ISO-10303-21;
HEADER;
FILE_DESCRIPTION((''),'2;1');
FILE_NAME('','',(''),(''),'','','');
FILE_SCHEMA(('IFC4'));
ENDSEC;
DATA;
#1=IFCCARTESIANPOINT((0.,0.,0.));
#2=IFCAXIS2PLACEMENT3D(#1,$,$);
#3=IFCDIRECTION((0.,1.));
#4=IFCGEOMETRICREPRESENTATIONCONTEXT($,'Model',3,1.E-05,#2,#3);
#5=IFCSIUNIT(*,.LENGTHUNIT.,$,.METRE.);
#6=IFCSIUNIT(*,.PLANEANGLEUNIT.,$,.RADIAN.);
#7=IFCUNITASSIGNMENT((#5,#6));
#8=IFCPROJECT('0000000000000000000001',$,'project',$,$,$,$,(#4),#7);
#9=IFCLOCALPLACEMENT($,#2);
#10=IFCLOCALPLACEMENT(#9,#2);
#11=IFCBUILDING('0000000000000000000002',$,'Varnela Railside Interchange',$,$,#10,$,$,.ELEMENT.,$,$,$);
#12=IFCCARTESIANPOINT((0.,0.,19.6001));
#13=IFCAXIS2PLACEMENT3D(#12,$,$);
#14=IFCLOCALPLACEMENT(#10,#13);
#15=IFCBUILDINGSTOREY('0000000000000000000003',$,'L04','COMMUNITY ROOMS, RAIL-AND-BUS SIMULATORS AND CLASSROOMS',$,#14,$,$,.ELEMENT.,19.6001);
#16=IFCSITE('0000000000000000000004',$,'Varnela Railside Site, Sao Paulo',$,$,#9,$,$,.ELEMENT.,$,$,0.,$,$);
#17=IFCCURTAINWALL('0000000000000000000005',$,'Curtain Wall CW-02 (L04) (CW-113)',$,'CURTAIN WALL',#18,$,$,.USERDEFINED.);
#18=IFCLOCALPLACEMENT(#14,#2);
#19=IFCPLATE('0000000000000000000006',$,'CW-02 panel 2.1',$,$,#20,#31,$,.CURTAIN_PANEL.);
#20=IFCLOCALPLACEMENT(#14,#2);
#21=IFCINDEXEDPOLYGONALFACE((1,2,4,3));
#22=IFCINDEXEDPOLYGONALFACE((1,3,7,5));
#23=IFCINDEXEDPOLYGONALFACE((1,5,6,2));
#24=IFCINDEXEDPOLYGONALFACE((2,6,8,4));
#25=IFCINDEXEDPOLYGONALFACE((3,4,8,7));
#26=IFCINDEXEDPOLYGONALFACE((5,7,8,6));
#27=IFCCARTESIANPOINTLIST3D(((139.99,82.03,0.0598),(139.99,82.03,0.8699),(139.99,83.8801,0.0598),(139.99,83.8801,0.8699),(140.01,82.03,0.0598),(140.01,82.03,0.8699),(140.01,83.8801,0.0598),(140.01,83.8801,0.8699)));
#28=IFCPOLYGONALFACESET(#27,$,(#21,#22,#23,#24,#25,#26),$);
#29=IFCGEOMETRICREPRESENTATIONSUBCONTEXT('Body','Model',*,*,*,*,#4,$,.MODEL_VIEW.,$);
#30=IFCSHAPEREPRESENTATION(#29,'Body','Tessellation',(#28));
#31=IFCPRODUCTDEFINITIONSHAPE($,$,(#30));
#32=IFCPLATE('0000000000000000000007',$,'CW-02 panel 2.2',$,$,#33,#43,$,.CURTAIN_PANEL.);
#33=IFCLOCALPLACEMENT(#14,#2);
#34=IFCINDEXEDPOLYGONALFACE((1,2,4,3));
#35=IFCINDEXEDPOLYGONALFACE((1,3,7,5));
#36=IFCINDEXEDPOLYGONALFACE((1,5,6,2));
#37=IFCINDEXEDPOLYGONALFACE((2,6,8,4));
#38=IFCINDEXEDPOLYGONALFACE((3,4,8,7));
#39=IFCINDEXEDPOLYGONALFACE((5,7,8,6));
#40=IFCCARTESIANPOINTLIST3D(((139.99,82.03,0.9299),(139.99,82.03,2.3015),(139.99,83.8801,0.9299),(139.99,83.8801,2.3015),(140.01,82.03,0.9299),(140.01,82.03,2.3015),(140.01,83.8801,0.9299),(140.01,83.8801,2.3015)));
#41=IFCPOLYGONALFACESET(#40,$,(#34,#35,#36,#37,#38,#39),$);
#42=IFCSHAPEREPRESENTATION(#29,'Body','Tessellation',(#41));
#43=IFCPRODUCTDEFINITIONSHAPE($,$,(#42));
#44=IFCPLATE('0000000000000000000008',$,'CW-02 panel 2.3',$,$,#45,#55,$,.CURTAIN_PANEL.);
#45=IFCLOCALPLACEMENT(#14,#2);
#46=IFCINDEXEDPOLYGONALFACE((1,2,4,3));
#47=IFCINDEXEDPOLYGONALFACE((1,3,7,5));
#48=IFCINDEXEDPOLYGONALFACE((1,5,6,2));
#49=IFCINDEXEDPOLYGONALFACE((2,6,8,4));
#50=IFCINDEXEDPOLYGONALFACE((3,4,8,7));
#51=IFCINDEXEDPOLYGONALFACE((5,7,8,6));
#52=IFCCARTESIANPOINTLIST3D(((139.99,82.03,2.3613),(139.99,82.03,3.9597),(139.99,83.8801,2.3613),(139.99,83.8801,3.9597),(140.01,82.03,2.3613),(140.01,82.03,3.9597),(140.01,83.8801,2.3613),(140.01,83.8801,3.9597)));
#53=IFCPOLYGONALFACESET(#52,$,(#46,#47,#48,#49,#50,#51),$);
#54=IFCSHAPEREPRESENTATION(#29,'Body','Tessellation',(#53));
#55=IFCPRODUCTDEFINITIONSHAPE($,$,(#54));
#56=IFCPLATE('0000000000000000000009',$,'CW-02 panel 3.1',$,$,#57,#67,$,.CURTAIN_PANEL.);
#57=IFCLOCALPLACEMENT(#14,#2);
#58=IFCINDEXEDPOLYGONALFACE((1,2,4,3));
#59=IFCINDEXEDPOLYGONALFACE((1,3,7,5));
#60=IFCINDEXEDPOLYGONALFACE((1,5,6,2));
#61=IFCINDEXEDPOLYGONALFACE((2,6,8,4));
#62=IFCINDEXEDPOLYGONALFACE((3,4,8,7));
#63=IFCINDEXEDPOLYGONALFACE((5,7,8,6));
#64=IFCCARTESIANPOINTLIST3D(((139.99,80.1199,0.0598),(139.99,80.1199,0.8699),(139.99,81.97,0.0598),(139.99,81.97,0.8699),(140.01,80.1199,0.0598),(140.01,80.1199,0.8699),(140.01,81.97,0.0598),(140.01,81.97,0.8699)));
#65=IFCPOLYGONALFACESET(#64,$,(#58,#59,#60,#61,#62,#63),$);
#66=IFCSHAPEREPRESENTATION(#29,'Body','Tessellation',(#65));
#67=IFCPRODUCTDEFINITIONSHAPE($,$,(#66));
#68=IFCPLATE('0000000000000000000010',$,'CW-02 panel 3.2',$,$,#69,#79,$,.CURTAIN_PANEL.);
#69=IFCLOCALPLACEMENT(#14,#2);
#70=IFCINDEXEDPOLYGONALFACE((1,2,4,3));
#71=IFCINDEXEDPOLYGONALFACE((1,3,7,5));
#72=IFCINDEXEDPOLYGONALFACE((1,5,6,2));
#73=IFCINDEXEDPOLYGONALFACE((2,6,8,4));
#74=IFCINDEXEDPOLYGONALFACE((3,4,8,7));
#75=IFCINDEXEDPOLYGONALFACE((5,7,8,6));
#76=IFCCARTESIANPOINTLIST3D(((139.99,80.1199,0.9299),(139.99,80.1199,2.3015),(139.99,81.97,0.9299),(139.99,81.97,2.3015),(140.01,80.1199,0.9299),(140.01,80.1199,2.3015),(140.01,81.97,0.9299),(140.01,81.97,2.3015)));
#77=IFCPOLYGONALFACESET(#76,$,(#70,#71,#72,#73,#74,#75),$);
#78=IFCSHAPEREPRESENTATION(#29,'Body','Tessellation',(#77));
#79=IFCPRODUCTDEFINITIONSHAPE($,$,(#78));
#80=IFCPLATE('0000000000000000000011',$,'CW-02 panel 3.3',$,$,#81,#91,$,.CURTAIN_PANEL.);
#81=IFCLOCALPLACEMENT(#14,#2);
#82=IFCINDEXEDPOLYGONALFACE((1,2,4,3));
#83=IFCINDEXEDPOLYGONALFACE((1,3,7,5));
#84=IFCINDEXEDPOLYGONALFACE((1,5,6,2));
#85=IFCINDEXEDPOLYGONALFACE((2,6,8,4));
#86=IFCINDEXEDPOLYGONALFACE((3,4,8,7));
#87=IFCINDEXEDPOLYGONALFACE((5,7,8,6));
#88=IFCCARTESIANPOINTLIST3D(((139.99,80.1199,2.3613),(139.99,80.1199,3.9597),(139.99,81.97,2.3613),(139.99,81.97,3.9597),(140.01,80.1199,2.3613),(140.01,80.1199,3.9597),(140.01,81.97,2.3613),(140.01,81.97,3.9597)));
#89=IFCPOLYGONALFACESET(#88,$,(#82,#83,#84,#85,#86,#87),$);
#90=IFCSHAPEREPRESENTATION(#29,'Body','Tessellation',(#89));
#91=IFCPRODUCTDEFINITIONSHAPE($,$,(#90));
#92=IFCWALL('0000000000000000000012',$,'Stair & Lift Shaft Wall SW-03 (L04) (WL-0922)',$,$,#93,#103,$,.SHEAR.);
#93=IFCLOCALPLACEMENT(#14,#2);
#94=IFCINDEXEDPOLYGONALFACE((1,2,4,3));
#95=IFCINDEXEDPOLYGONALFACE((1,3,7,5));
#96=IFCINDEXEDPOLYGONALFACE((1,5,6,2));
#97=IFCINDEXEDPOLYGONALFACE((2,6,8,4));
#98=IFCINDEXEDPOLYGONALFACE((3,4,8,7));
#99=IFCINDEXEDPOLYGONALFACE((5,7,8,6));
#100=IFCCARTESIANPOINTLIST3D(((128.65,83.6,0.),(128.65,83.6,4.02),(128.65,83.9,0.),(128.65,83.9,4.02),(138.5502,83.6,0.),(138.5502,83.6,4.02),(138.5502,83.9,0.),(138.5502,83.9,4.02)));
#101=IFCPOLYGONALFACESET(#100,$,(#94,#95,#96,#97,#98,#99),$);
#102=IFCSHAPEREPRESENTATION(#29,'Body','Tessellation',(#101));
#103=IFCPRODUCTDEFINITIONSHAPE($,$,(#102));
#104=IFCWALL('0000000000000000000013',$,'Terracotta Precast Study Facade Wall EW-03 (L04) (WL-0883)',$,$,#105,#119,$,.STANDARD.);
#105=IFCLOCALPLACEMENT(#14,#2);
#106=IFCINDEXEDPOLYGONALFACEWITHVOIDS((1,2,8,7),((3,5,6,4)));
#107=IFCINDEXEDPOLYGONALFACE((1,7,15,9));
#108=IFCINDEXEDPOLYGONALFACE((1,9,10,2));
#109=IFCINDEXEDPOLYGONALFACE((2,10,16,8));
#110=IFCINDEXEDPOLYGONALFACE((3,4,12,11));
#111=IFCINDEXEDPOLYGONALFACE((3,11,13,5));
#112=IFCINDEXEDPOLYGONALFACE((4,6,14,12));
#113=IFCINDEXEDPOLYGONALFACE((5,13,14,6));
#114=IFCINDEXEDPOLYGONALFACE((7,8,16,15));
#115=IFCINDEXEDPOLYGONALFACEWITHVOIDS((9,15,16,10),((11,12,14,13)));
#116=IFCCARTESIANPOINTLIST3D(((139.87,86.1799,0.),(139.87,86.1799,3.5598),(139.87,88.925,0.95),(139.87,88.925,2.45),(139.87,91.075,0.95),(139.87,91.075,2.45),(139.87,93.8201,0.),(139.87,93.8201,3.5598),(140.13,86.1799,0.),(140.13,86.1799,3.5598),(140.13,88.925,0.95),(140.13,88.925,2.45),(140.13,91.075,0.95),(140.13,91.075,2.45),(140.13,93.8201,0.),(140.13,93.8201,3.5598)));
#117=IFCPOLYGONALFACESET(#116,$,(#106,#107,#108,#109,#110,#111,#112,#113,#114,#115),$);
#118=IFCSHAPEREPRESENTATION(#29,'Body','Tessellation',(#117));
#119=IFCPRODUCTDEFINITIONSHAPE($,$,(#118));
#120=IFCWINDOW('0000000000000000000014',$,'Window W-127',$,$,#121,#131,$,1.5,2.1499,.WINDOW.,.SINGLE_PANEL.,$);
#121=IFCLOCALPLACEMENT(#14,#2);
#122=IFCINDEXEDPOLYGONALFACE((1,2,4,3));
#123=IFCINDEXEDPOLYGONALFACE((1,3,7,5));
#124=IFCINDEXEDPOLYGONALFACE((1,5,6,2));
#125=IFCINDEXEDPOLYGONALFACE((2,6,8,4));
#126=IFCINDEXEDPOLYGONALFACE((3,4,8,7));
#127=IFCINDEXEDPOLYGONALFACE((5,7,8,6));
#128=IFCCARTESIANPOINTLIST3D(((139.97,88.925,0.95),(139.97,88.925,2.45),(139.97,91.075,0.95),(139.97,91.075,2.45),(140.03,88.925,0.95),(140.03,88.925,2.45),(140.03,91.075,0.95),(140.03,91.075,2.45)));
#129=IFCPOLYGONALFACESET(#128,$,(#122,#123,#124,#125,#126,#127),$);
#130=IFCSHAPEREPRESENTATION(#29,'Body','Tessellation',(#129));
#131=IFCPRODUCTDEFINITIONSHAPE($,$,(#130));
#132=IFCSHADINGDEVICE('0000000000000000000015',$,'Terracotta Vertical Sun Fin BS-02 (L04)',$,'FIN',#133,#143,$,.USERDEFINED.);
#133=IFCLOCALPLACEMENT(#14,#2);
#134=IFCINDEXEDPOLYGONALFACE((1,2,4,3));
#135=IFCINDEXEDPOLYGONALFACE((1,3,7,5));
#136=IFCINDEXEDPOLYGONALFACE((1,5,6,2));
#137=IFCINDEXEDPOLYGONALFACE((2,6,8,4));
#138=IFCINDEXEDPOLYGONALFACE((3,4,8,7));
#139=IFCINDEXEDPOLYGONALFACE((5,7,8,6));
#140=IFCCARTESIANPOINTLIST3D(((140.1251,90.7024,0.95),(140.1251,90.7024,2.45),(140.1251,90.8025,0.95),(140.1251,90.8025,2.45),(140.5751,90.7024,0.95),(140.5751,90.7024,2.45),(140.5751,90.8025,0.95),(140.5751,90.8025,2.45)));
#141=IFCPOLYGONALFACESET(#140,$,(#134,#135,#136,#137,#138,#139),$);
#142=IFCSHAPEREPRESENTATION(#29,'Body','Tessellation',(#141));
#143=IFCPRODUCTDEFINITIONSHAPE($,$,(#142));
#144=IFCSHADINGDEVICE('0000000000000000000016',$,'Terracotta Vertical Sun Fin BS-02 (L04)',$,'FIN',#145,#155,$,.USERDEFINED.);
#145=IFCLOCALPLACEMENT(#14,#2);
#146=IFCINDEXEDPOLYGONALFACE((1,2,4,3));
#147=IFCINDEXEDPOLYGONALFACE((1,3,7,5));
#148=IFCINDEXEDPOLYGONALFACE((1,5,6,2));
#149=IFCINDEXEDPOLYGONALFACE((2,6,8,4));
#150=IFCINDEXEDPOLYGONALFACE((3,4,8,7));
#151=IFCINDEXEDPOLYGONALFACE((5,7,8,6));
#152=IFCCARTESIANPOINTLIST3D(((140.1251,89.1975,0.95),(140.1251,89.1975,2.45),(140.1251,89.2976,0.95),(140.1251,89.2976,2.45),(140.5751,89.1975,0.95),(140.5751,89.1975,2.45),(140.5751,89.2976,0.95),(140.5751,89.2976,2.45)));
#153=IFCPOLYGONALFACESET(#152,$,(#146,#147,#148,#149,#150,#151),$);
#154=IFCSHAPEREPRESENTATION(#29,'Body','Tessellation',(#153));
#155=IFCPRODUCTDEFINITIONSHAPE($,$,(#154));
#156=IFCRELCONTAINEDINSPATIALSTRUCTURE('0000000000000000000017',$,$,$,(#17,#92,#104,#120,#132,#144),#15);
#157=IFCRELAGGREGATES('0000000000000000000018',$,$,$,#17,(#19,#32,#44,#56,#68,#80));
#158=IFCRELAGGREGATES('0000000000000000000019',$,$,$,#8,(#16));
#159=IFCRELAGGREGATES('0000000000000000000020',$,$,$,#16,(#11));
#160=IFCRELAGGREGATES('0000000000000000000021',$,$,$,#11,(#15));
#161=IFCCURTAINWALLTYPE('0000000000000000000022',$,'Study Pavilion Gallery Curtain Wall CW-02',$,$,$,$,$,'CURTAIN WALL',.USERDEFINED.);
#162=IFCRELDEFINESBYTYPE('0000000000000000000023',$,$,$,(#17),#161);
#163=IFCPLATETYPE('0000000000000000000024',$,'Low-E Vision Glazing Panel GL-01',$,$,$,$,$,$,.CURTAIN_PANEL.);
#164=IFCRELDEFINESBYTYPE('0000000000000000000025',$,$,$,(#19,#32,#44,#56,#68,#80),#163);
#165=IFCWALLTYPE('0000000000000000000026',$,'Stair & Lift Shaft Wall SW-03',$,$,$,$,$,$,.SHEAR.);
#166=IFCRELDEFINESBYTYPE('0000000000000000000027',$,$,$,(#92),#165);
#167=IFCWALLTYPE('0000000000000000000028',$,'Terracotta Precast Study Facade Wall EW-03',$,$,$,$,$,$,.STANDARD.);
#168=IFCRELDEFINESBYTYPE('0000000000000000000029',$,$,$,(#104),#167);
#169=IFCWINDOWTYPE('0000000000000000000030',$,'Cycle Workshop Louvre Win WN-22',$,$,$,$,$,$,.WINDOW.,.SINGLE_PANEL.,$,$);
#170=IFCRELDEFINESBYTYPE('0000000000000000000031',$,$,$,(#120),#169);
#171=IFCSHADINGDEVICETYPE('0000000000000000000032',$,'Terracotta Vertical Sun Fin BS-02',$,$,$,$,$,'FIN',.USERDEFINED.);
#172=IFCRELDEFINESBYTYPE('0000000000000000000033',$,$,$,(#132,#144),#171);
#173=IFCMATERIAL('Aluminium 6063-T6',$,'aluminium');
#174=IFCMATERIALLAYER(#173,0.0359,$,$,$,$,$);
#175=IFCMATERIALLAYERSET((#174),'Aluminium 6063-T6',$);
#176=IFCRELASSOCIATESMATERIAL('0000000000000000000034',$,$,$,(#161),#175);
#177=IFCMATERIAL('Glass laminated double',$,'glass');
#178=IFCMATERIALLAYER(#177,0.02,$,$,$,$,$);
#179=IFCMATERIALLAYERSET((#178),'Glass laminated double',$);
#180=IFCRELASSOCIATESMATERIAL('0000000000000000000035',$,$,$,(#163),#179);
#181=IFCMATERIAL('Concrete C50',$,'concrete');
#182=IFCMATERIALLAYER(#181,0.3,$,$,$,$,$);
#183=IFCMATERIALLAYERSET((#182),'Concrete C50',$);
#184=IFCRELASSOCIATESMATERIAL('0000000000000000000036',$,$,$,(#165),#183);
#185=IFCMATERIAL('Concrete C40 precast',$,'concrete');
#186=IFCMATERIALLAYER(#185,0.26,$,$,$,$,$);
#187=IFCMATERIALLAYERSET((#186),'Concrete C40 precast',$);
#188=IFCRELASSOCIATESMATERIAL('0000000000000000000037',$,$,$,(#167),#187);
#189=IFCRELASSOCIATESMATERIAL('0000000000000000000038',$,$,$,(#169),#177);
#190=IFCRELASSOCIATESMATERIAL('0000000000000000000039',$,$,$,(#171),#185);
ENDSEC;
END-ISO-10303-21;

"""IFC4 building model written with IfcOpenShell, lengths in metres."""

from ifc_helpers import new_model, si_unit, direction, frame, frame_2d, origin, origin_2d, place, context, subcontext, project, spatial, rectangle, extrude, material, layer, layer_set, type_object, element, fill, aggregate, save


model = new_model("IFC4")

# Units and contexts
model_context = context("Model", 3, precision=1e-05, world=origin(), true_north=direction((0.0, 1.0)))
body_context = subcontext(model_context, "Body", "Model", "MODEL_VIEW")
ifc_project = project(units=[si_unit("LENGTHUNIT", "METRE"), si_unit("PLANEANGLEUNIT", "RADIAN")], contexts=[model_context])

# Site, building, storey
site_placement = place(None, origin())
site = spatial("IfcSite", under=ifc_project, at=site_placement, Name="Varnela Railside Site, Sao Paulo", CompositionType="ELEMENT", RefElevation=0.0)
building_placement = place(site_placement, origin())
building = spatial("IfcBuilding", under=site, at=building_placement, Name="Varnela Railside Interchange", CompositionType="ELEMENT")
storey_placement = place(building_placement, frame((0.0, 0.0, 19.6001)))
storey = spatial("IfcBuildingStorey", under=building, at=storey_placement, Name="L04", Description="COMMUNITY ROOMS, RAIL-AND-BUS SIMULATORS AND CLASSROOMS", CompositionType="ELEMENT", Elevation=19.6001)

# Curtain wall
ifc_material_1 = material(Name="Aluminium 6063-T6", Category="aluminium")
ifc_layer_1 = layer(ifc_material_1, 0.0359)
ifc_layer_set_1 = layer_set([ifc_layer_1], Name="Aluminium 6063-T6")
curtain_wall_type = type_object("IfcCurtainWallType", Name="Study Pavilion Gallery Curtain Wall CW-02", ElementType="CURTAIN WALL", PredefinedType="USERDEFINED", material=ifc_layer_set_1)
curtain_wall_placement = place(storey_placement, origin())
curtain_wall = element("IfcCurtainWall", 1, at=curtain_wall_placement, inside=storey, type_object=curtain_wall_type, Name="Curtain Wall CW-02 (L04) (CW-113)", ObjectType="CURTAIN WALL", PredefinedType="USERDEFINED")

# Plates
ifc_material_2 = material(Name="Glass laminated double", Category="glass")
ifc_layer_2 = layer(ifc_material_2, 0.02)
ifc_layer_set_2 = layer_set([ifc_layer_2], Name="Glass laminated double")
plate_type = type_object("IfcPlateType", Name="Low-E Vision Glazing Panel GL-01", PredefinedType="CURTAIN_PANEL", material=ifc_layer_set_2)
plate_1_placement = place(storey_placement, frame((140.0, 82.9551, 0.0598), z_axis=(0.0, 0.0, 1.0), x_axis=(0.0, -1.0, 0.0)))
plate_1 = element("IfcPlate", 2, at=plate_1_placement, type_object=plate_type, Name="CW-02 panel 2.1", PredefinedType="CURTAIN_PANEL", context=body_context, shape_type="SweptSolid", body=[
    extrude(rectangle(XDim=1.8501, YDim=0.02, at=origin_2d()), origin(), (0.0, 0.0, 1.0), 0.8101),
])
plate_2_placement = place(storey_placement, frame((140.0, 82.9551, 0.9299), z_axis=(0.0, 0.0, 1.0), x_axis=(0.0, -1.0, 0.0)))
plate_2 = element("IfcPlate", 3, at=plate_2_placement, type_object=plate_type, Name="CW-02 panel 2.2", PredefinedType="CURTAIN_PANEL", context=body_context, shape_type="SweptSolid", body=[
    extrude(rectangle(XDim=1.8501, YDim=0.02, at=origin_2d()), origin(), (0.0, 0.0, 1.0), 1.3716),
])
plate_3_placement = place(storey_placement, frame((140.0, 82.9551, 2.3613), z_axis=(0.0, 0.0, 1.0), x_axis=(0.0, -1.0, 0.0)))
plate_3 = element("IfcPlate", 4, at=plate_3_placement, type_object=plate_type, Name="CW-02 panel 2.3", PredefinedType="CURTAIN_PANEL", context=body_context, shape_type="SweptSolid", body=[
    extrude(rectangle(XDim=1.8501, YDim=0.02, at=origin_2d()), origin(), (0.0, 0.0, 1.0), 1.5984),
])
plate_4_placement = place(storey_placement, frame((140.0, 81.0449, 0.0598), z_axis=(0.0, 0.0, 1.0), x_axis=(0.0, -1.0, 0.0)))
plate_4 = element("IfcPlate", 5, at=plate_4_placement, type_object=plate_type, Name="CW-02 panel 3.1", PredefinedType="CURTAIN_PANEL", context=body_context, shape_type="SweptSolid", body=[
    extrude(rectangle(XDim=1.8501, YDim=0.02, at=origin_2d()), origin(), (0.0, 0.0, 1.0), 0.8101),
])
plate_5_placement = place(storey_placement, frame((140.0, 81.0449, 0.9299), z_axis=(0.0, 0.0, 1.0), x_axis=(0.0, -1.0, 0.0)))
plate_5 = element("IfcPlate", 6, at=plate_5_placement, type_object=plate_type, Name="CW-02 panel 3.2", PredefinedType="CURTAIN_PANEL", context=body_context, shape_type="SweptSolid", body=[
    extrude(rectangle(XDim=1.8501, YDim=0.02, at=origin_2d()), origin(), (0.0, 0.0, 1.0), 1.3716),
])
plate_6_placement = place(storey_placement, frame((140.0, 81.0449, 2.3613), z_axis=(0.0, 0.0, 1.0), x_axis=(0.0, -1.0, 0.0)))
plate_6 = element("IfcPlate", 7, at=plate_6_placement, type_object=plate_type, Name="CW-02 panel 3.3", PredefinedType="CURTAIN_PANEL", context=body_context, shape_type="SweptSolid", body=[
    extrude(rectangle(XDim=1.8501, YDim=0.02, at=origin_2d()), origin(), (0.0, 0.0, 1.0), 1.5984),
])
aggregate(curtain_wall, [plate_1, plate_2, plate_3, plate_4, plate_5, plate_6])

# Wall
ifc_material_3 = material(Name="Concrete C50", Category="concrete")
ifc_layer_3 = layer(ifc_material_3, 0.3)
ifc_layer_set_3 = layer_set([ifc_layer_3], Name="Concrete C50")
wall_type_1 = type_object("IfcWallType", Name="Stair & Lift Shaft Wall SW-03", PredefinedType="SHEAR", material=ifc_layer_set_3)
wall_1_placement = place(storey_placement, frame((128.6499, 83.75, 0.0), z_axis=(0.0, 0.0, 1.0), x_axis=(1.0, 0.0, 0.0)))
element("IfcWall", 8, at=wall_1_placement, inside=storey, type_object=wall_type_1, Name="Stair & Lift Shaft Wall SW-03 (L04) (WL-0922)", PredefinedType="SHEAR", context=body_context, shape_type="SweptSolid", body=[
    extrude(rectangle(XDim=9.9001, YDim=0.3, at=frame_2d((4.9502, 0.0))), origin(), (0.0, 0.0, 1.0), 4.02),
])

# Wall, opening, window
ifc_material_4 = material(Name="Concrete C40 precast", Category="concrete")
ifc_layer_4 = layer(ifc_material_4, 0.26)
ifc_layer_set_4 = layer_set([ifc_layer_4], Name="Concrete C40 precast")
wall_type_2 = type_object("IfcWallType", Name="Terracotta Precast Study Facade Wall EW-03", PredefinedType="STANDARD", material=ifc_layer_set_4)
wall_2_placement = place(storey_placement, frame((140.0, 93.8201, 0.0), z_axis=(0.0, 0.0, 1.0), x_axis=(0.0, -1.0, 0.0)))
wall_2 = element("IfcWall", 9, at=wall_2_placement, inside=storey, type_object=wall_type_2, Name="Terracotta Precast Study Facade Wall EW-03 (L04) (WL-0883)", PredefinedType="STANDARD", context=body_context, shape_type="SweptSolid", body=[
    extrude(rectangle(XDim=7.6401, YDim=0.26, at=frame_2d((3.8201, 0.0))), origin(), (0.0, 0.0, 1.0), 3.5598),
])
opening_placement = place(wall_2_placement, frame((2.7451, 0.0, 0.95)))
opening = element("IfcOpeningElement", 10, at=opening_placement, cuts=wall_2, PredefinedType="OPENING", context=body_context, shape_type="SweptSolid", body=[
    extrude(rectangle(XDim=2.1499, YDim=1.5, at=frame_2d((1.075, 0.75))), frame((0.0, 0.1399, 0.0), z_axis=(0.0, -1.0, 0.0), x_axis=(1.0, 0.0, 0.0)), (0.0, 0.0, 1.0), 0.28),
])
window_type = type_object("IfcWindowType", Name="Cycle Workshop Louvre Win WN-22", PartitioningType="SINGLE_PANEL", PredefinedType="WINDOW", material=ifc_material_2)
window_placement = place(opening_placement, origin())
window = element("IfcWindow", 11, at=window_placement, inside=storey, type_object=window_type, Name="Window W-127", OverallHeight=1.5, OverallWidth=2.1499, PartitioningType="SINGLE_PANEL", PredefinedType="WINDOW", context=body_context, shape_type="SweptSolid", body=[
    extrude(rectangle(XDim=2.1499, YDim=1.5, at=frame_2d((1.075, 0.75))), frame((0.0, 0.03, 0.0), z_axis=(0.0, -1.0, 0.0), x_axis=(1.0, 0.0, 0.0)), (0.0, 0.0, 1.0), 0.0601),
])
fill(opening, window)

# Shading devices
shading_device_type = type_object("IfcShadingDeviceType", Name="Terracotta Vertical Sun Fin BS-02", ElementType="FIN", PredefinedType="USERDEFINED", material=ifc_material_4)
for number, where, z_axis, x_axis, name in (
    (12, (140.3501, 90.7524, 0.95), (0.0, 0.0, 1.0), (1.0, 0.0, 0.0), "Terracotta Vertical Sun Fin BS-02 (L04)"),
    (13, (140.3501, 89.2476, 0.95), (0.0, 0.0, 1.0), (1.0, 0.0, 0.0), "Terracotta Vertical Sun Fin BS-02 (L04)"),
):
    element("IfcShadingDevice", number, at=place(storey_placement, frame(where, z_axis=z_axis, x_axis=x_axis)), inside=storey, type_object=shading_device_type, Name=name, ObjectType="FIN", PredefinedType="USERDEFINED", context=body_context, shape_type="SweptSolid", body=[
        extrude(rectangle(XDim=0.45, YDim=0.1001, at=origin_2d()), origin(), (0.0, 0.0, 1.0), 1.5),
    ])

save(model, "model.ifc")
